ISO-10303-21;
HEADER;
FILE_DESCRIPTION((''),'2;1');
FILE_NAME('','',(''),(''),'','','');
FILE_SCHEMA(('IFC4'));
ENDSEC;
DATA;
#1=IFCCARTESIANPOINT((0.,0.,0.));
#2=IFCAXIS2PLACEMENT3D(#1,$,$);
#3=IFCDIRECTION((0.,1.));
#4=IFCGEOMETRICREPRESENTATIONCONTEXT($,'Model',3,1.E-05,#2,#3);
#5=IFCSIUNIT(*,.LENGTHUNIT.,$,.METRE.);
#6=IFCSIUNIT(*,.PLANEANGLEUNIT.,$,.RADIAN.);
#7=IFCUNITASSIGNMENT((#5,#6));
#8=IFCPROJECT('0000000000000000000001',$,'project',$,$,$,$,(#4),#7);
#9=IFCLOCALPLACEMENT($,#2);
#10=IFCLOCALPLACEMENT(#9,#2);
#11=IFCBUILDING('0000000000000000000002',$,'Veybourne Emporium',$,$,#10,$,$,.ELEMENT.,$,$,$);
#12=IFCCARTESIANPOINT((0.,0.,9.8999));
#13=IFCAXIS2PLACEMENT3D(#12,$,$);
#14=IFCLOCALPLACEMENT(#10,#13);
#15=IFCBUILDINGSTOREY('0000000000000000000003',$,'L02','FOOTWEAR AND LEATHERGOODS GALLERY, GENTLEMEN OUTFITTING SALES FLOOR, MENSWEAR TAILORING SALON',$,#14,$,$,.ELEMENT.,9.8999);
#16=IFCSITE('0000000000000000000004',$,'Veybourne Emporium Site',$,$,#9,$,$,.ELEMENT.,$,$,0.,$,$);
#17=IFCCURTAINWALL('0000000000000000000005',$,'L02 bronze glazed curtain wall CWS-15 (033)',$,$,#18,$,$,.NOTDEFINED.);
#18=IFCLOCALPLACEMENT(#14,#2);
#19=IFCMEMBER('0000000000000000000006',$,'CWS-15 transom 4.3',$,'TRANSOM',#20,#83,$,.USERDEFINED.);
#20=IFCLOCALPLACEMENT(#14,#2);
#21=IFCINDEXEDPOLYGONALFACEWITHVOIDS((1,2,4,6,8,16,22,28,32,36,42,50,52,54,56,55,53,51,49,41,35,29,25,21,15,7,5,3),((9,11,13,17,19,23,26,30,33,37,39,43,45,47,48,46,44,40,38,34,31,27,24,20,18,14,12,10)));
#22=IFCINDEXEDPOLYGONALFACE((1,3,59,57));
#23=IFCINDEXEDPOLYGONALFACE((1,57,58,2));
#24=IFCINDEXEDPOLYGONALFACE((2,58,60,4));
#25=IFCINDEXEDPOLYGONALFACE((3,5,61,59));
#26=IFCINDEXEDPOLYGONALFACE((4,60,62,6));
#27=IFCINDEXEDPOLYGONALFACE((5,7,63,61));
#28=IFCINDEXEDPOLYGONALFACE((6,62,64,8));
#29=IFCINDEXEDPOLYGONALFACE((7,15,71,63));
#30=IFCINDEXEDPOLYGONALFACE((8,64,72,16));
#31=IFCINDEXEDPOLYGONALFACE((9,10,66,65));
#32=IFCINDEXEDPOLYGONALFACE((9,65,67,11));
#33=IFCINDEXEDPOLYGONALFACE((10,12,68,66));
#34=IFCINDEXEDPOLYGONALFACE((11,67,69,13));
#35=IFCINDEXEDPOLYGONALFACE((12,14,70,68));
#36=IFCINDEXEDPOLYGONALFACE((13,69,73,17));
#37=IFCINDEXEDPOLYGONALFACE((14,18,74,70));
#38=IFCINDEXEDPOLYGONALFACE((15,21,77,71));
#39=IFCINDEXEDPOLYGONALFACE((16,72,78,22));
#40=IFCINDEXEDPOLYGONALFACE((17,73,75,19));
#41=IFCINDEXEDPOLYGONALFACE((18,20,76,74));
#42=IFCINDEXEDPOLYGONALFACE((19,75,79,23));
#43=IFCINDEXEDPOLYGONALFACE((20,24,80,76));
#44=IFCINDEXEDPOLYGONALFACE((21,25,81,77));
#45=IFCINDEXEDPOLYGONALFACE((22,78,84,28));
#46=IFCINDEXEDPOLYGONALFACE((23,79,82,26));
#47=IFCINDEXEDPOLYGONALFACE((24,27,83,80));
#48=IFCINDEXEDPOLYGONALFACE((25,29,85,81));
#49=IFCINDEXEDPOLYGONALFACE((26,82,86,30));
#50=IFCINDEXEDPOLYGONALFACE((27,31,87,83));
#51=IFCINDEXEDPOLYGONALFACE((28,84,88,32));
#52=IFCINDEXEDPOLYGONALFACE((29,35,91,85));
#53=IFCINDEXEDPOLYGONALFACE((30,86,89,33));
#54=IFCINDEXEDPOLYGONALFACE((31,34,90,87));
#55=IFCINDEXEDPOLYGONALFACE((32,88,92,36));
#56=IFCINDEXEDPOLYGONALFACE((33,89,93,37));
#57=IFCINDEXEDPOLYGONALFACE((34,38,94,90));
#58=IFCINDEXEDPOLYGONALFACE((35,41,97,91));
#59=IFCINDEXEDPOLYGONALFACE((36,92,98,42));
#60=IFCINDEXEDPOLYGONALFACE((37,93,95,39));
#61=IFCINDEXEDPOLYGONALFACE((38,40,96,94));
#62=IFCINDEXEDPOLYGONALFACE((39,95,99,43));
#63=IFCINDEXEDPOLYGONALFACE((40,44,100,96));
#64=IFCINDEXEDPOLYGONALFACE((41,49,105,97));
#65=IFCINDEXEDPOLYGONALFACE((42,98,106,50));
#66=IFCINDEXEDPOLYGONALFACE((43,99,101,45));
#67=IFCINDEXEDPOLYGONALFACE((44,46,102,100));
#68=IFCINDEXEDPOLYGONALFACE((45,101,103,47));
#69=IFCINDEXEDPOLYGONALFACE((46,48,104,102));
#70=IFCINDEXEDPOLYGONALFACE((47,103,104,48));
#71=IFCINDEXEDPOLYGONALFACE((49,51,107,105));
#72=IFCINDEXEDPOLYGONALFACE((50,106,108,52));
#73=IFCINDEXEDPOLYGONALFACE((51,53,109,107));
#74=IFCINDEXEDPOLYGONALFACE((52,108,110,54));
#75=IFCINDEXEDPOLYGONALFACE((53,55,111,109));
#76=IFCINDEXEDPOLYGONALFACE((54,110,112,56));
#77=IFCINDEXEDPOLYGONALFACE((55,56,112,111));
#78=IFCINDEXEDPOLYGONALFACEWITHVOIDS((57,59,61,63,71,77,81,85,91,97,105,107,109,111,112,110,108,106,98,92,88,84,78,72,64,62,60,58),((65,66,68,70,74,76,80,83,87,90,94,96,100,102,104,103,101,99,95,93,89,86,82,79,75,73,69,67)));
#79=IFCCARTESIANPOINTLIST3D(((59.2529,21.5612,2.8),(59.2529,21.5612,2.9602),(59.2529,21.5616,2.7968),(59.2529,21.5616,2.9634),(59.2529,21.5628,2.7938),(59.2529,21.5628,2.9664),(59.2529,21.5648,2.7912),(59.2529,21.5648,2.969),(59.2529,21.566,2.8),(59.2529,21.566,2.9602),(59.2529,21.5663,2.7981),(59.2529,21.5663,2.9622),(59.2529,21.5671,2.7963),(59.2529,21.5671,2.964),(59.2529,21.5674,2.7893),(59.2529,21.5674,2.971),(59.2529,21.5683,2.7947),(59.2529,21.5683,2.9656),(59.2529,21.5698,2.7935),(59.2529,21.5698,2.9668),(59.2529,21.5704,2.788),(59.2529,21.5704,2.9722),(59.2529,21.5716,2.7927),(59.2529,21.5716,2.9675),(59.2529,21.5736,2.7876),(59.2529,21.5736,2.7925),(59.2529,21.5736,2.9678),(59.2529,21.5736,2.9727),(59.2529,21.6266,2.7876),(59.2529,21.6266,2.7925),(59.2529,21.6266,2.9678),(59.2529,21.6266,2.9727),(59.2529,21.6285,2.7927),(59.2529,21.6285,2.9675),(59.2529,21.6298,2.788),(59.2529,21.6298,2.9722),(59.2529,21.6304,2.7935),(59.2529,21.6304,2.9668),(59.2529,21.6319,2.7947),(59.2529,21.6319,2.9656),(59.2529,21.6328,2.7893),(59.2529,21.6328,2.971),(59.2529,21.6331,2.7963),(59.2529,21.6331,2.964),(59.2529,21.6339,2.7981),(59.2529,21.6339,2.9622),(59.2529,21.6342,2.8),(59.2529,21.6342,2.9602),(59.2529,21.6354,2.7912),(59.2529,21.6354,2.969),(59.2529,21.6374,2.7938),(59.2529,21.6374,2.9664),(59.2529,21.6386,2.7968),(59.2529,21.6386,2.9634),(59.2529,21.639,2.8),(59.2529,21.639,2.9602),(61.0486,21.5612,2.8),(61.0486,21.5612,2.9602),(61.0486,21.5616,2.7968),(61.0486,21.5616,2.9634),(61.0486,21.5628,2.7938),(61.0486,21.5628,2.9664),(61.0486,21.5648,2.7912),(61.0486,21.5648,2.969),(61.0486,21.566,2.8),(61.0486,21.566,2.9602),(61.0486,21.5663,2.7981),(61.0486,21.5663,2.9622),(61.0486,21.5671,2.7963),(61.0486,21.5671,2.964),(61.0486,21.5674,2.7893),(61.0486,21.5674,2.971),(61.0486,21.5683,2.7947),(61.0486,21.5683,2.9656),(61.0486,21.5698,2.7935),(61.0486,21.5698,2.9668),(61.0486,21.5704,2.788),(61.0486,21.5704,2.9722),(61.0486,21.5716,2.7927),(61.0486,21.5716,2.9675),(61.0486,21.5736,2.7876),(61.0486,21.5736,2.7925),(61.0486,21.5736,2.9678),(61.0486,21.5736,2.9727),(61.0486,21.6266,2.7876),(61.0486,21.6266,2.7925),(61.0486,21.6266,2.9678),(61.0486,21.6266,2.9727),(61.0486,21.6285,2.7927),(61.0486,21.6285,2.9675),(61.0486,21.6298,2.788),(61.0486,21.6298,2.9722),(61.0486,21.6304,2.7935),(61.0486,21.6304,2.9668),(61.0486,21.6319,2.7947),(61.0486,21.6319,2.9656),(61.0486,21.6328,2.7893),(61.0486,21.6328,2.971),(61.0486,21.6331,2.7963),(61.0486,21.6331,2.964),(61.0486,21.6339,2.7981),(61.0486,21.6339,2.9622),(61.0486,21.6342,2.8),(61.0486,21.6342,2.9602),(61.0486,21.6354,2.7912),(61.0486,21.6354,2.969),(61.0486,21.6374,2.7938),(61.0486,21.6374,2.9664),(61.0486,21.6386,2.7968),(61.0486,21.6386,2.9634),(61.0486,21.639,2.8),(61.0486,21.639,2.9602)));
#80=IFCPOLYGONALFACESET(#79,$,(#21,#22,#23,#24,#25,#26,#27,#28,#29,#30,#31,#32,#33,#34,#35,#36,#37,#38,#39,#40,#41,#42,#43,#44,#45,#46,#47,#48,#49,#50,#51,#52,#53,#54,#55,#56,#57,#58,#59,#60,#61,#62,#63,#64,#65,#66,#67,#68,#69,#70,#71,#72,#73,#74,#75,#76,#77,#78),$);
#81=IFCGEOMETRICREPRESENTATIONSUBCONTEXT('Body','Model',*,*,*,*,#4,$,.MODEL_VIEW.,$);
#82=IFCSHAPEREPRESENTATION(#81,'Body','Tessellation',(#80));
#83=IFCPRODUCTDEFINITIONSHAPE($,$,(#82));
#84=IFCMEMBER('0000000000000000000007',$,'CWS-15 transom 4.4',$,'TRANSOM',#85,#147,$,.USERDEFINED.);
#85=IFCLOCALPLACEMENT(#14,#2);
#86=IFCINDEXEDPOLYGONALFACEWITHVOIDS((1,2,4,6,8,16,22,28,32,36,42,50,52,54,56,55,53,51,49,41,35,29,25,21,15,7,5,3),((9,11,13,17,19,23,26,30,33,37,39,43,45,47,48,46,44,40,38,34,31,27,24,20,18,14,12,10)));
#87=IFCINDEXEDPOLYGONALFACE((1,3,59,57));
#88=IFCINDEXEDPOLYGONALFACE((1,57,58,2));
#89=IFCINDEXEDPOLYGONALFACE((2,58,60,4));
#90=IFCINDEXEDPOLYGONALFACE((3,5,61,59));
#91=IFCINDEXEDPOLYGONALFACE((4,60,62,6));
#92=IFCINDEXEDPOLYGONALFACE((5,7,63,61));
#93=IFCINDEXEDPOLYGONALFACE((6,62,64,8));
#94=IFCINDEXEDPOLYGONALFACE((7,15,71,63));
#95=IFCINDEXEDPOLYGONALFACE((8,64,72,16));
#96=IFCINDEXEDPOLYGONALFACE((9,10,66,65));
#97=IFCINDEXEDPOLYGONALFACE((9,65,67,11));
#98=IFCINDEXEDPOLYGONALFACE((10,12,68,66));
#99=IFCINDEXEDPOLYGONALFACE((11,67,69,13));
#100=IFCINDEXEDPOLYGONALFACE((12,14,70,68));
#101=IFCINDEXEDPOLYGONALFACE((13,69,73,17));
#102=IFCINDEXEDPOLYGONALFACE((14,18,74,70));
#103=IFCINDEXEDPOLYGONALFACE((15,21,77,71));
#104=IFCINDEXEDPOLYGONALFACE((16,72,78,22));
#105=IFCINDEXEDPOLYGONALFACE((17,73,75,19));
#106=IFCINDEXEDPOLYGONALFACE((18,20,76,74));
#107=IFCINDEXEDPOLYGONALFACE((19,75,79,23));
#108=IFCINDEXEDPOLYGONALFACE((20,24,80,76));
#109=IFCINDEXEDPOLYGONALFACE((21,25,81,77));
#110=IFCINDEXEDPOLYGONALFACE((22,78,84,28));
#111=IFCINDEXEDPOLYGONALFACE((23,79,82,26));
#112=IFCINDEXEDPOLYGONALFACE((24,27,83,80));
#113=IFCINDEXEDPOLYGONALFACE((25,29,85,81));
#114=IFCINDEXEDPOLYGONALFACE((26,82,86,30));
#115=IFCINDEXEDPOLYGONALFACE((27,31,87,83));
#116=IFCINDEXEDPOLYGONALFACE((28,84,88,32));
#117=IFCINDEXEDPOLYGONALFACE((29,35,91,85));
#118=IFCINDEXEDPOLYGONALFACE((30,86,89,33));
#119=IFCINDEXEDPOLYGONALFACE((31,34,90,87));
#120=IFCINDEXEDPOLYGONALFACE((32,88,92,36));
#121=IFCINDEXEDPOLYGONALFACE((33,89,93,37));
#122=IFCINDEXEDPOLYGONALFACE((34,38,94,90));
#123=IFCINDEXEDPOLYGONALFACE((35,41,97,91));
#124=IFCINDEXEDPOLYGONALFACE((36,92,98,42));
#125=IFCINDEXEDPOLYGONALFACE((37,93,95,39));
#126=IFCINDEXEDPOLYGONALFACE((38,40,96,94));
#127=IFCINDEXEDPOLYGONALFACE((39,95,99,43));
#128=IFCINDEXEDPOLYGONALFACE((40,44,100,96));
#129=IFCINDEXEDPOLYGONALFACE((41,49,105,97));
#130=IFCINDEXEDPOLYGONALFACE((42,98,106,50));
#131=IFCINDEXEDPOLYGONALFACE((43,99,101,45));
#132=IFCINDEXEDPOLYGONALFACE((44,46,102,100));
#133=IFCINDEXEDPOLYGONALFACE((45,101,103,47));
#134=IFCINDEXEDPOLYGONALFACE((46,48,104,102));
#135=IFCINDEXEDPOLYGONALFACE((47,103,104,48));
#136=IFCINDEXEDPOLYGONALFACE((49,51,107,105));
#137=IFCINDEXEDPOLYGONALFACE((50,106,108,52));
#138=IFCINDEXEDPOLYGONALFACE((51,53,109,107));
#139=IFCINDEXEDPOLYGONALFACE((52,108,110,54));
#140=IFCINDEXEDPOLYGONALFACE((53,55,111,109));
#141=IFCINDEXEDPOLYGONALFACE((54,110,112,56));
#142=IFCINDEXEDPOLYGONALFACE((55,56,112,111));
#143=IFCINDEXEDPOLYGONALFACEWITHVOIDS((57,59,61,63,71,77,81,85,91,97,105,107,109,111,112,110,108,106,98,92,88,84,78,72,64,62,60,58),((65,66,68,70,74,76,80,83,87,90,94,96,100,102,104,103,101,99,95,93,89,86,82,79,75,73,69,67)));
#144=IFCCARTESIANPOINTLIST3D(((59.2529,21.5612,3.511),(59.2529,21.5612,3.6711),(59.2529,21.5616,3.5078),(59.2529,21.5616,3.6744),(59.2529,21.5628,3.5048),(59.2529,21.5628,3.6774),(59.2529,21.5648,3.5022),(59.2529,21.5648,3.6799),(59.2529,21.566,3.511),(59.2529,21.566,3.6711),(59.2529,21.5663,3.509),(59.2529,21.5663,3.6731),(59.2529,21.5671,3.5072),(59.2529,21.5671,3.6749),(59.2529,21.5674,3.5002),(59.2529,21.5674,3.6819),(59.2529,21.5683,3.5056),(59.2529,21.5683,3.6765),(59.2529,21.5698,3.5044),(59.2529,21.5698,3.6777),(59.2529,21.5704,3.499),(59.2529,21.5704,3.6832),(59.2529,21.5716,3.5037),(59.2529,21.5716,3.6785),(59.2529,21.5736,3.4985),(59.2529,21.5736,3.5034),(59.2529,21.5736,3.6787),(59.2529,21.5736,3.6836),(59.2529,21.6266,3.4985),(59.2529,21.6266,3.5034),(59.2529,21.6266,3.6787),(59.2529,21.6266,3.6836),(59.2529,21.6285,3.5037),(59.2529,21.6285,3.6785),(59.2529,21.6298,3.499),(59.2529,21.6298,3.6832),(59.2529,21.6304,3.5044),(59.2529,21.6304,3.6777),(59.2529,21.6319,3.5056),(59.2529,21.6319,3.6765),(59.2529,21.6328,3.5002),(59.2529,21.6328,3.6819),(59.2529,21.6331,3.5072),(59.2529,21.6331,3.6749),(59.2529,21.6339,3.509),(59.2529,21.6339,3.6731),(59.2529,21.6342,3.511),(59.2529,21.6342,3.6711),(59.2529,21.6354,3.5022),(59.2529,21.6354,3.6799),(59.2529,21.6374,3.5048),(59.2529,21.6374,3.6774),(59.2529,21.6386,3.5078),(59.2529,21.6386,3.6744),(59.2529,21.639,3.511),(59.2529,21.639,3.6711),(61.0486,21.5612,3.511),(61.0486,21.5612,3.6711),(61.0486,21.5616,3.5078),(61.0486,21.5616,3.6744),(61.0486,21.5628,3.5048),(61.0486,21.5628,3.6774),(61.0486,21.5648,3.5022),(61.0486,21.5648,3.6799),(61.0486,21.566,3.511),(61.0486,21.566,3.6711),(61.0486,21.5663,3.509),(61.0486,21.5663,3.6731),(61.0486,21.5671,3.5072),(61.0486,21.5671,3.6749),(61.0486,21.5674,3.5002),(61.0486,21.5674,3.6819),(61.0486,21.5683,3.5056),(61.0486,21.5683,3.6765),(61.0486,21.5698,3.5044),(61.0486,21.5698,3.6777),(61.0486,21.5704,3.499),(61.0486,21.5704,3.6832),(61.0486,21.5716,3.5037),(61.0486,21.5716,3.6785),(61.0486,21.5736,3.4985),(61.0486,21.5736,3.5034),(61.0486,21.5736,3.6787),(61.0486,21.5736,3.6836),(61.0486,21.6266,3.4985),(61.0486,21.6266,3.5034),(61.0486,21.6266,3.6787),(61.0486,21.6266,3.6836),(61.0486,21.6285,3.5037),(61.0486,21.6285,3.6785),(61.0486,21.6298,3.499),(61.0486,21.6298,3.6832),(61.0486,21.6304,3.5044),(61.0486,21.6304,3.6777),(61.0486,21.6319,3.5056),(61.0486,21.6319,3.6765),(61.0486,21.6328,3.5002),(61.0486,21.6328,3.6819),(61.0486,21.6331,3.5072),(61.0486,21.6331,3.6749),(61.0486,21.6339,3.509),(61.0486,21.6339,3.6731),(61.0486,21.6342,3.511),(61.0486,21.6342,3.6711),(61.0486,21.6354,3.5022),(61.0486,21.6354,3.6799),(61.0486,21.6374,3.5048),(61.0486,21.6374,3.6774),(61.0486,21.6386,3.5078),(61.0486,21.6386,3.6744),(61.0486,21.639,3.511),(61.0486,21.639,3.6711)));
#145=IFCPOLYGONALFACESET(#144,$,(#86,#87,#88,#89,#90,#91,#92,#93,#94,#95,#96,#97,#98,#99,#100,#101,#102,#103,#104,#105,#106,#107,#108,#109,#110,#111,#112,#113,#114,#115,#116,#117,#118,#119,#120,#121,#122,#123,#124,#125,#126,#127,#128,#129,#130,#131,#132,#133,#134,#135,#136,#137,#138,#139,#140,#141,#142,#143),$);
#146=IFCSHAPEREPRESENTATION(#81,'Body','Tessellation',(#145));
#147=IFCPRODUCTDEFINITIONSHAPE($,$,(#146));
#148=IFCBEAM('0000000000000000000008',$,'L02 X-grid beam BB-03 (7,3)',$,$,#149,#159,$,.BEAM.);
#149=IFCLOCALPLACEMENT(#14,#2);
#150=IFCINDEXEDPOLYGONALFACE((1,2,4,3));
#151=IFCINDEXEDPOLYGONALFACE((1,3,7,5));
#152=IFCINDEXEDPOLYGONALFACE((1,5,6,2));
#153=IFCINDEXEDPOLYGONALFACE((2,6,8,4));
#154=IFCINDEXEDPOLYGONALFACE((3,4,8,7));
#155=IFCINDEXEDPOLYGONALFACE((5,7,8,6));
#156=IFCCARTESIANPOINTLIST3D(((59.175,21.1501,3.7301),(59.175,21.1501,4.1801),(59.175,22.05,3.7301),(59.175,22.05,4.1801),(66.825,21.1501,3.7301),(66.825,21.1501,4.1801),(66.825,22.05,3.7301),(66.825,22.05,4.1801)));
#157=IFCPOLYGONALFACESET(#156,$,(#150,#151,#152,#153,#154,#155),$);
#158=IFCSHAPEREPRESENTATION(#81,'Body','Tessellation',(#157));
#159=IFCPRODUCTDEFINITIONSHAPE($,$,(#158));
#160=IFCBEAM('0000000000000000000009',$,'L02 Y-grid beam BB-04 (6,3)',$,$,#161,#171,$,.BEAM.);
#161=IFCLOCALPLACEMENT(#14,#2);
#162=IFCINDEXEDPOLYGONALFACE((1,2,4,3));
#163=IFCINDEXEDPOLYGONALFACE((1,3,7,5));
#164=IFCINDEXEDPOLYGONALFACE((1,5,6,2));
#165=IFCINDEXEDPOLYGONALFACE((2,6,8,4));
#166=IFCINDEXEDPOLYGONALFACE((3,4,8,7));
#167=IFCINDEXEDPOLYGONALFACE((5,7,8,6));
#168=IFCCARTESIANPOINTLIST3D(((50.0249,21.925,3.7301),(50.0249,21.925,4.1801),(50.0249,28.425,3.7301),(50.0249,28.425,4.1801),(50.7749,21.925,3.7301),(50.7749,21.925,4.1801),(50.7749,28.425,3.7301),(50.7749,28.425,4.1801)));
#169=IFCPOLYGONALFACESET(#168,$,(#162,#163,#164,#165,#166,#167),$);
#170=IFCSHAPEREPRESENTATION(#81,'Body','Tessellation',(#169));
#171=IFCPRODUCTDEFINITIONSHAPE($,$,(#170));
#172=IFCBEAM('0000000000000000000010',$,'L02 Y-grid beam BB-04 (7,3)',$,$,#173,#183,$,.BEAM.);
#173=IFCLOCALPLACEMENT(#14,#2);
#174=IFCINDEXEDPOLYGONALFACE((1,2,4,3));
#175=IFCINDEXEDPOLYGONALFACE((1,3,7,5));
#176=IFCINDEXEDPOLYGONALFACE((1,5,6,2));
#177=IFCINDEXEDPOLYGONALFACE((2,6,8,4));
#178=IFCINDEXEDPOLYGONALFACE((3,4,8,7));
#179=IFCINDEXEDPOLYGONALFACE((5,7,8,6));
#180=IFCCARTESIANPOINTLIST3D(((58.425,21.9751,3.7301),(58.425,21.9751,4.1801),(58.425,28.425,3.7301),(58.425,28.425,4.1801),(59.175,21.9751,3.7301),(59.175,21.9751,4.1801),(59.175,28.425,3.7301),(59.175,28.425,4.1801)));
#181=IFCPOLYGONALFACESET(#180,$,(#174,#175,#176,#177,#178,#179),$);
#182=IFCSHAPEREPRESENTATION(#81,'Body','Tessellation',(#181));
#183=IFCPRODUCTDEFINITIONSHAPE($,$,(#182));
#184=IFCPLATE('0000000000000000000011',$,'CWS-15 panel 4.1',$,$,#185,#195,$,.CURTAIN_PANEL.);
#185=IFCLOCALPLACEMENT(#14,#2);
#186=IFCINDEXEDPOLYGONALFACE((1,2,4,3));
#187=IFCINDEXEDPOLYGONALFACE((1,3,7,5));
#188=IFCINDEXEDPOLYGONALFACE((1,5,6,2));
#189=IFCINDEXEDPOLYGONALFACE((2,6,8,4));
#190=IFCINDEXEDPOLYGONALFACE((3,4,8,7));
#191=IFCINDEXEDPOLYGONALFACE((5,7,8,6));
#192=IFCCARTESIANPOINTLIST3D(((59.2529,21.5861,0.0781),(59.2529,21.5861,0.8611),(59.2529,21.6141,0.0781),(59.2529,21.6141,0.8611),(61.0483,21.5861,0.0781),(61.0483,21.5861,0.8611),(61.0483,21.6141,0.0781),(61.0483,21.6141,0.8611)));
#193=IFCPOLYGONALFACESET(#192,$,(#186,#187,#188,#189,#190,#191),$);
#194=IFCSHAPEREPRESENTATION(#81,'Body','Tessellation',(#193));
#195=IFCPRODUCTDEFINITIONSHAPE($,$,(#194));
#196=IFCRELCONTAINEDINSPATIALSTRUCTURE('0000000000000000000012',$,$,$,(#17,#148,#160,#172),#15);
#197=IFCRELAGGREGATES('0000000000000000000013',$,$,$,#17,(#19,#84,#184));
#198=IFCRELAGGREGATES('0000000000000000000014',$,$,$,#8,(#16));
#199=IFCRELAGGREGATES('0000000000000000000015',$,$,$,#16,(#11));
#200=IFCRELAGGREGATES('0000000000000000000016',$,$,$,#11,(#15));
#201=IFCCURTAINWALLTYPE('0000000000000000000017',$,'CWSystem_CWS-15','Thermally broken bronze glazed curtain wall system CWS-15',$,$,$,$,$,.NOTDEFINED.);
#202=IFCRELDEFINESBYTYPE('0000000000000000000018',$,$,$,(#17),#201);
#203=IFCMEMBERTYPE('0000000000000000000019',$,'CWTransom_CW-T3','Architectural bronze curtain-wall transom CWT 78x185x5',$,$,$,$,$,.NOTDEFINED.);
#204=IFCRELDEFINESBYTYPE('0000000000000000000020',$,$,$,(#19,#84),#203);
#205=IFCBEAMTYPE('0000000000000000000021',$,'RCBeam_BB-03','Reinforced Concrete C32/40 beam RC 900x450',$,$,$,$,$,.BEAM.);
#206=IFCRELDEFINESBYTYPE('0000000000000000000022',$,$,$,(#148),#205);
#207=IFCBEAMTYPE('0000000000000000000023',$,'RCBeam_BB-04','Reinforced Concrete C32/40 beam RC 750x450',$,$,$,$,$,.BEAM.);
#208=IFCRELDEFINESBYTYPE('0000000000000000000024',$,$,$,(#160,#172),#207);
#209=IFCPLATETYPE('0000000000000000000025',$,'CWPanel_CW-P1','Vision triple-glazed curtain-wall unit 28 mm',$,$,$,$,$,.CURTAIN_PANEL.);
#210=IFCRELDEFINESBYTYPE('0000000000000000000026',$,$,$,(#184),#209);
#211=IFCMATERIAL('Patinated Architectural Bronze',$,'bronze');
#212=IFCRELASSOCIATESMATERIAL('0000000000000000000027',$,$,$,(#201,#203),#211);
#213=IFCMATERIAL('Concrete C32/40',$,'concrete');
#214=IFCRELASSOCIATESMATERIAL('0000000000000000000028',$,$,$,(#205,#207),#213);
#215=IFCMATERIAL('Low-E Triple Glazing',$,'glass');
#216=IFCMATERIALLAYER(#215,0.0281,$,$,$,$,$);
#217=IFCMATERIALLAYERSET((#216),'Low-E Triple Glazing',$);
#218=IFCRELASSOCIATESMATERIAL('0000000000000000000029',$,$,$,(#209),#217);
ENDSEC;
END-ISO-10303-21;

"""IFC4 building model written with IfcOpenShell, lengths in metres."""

from ifc_helpers import new_model, si_unit, direction, frame, origin, origin_2d, place, context, subcontext, project, spatial, rectangle, hollow_rectangle, extrude, material, layer, layer_set, material_profile, profile_set, type_object, element, aggregate, save


model = new_model("IFC4")

# Units and contexts
model_context = context("Model", 3, precision=1e-05, world=origin(), true_north=direction((0.0, 1.0)))
body_context = subcontext(model_context, "Body", "Model", "MODEL_VIEW")
ifc_project = project(units=[si_unit("LENGTHUNIT", "METRE"), si_unit("PLANEANGLEUNIT", "RADIAN")], contexts=[model_context])

# Site, building, storey
site_placement = place(None, origin())
site = spatial("IfcSite", under=ifc_project, at=site_placement, Name="Veybourne Emporium Site", CompositionType="ELEMENT", RefElevation=0.0)
building_placement = place(site_placement, origin())
building = spatial("IfcBuilding", under=site, at=building_placement, Name="Veybourne Emporium", CompositionType="ELEMENT")
storey_placement = place(building_placement, frame((0.0, 0.0, 9.8999)))
storey = spatial("IfcBuildingStorey", under=building, at=storey_placement, Name="L02", Description="FOOTWEAR AND LEATHERGOODS GALLERY, GENTLEMEN OUTFITTING SALES FLOOR, MENSWEAR TAILORING SALON", CompositionType="ELEMENT", Elevation=9.8999)

# Curtain wall, members
ifc_material_1 = material(Name="Patinated Architectural Bronze", Category="bronze")
curtain_wall_type = type_object("IfcCurtainWallType", Name="CWSystem_CWS-15", Description="Thermally broken bronze glazed curtain wall system CWS-15", PredefinedType="NOTDEFINED", material=ifc_material_1)
curtain_wall_placement = place(storey_placement, origin())
curtain_wall = element("IfcCurtainWall", 1, at=curtain_wall_placement, inside=storey, type_object=curtain_wall_type, Name="L02 bronze glazed curtain wall CWS-15 (033)", PredefinedType="NOTDEFINED")
ifc_material_profile_1 = material_profile(ifc_material_1, hollow_rectangle(XDim=0.0779, YDim=0.1851, WallThickness=0.0049, InnerFilletRadius=0.0076, OuterFilletRadius=0.0125, at=origin_2d()), Name="CWT 78x185x5")
ifc_profile_set_1 = profile_set([ifc_material_profile_1], Name="Patinated Architectural Bronze")
member_type_1 = type_object("IfcMemberType", Name="CWTransom_CW-T3", Description="Architectural bronze curtain-wall transom CWT 78x185x5", PredefinedType="NOTDEFINED", material=ifc_profile_set_1)
member_1_placement = place(storey_placement, frame((61.0486, 21.6001, 2.8801), z_axis=(-1.0, 0.0, 0.0), x_axis=(0.0, -1.0, 0.0)))
member_1 = element("IfcMember", 2, at=member_1_placement, type_object=member_type_1, Name="CWS-15 transom 4.3", ObjectType="TRANSOM", PredefinedType="USERDEFINED", context=body_context, shape_type="SweptSolid", body=[
    extrude(hollow_rectangle(XDim=0.0779, YDim=0.1851, WallThickness=0.0049, InnerFilletRadius=0.0076, OuterFilletRadius=0.0125, at=origin_2d()), origin(), (0.0, 0.0, 1.0), 1.7957),
])
member_2_placement = place(storey_placement, frame((61.0486, 21.6001, 3.5911), z_axis=(-1.0, 0.0, 0.0), x_axis=(0.0, -1.0, 0.0)))
member_2 = element("IfcMember", 3, at=member_2_placement, type_object=member_type_1, Name="CWS-15 transom 4.4", ObjectType="TRANSOM", PredefinedType="USERDEFINED", context=body_context, shape_type="SweptSolid", body=[
    extrude(hollow_rectangle(XDim=0.0779, YDim=0.1851, WallThickness=0.0049, InnerFilletRadius=0.0076, OuterFilletRadius=0.0125, at=origin_2d()), origin(), (0.0, 0.0, 1.0), 1.7957),
])

# Beams
ifc_material_2 = material(Name="Concrete C32/40", Category="concrete")
ifc_material_profile_2 = material_profile(ifc_material_2, rectangle(XDim=0.8999, YDim=0.45, at=origin_2d()), Name="RC 900x450")
ifc_profile_set_2 = profile_set([ifc_material_profile_2], Name="Concrete C32/40")
beam_type_1 = type_object("IfcBeamType", Name="RCBeam_BB-03", Description="Reinforced Concrete C32/40 beam RC 900x450", PredefinedType="BEAM", material=ifc_profile_set_2)
beam_1_placement = place(storey_placement, frame((59.175, 21.6001, 3.9551), z_axis=(1.0, 0.0, 0.0), x_axis=(0.0, 1.0, 0.0)))
element("IfcBeam", 4, at=beam_1_placement, inside=storey, type_object=beam_type_1, Name="L02 X-grid beam BB-03 (7,3)", PredefinedType="BEAM", context=body_context, shape_type="SweptSolid", body=[
    extrude(rectangle(XDim=0.8999, YDim=0.45, at=origin_2d()), origin(), (0.0, 0.0, 1.0), 7.6499),
])
ifc_material_profile_3 = material_profile(ifc_material_2, rectangle(XDim=0.75, YDim=0.45, at=origin_2d()), Name="RC 750x450")
ifc_profile_set_3 = profile_set([ifc_material_profile_3], Name="Concrete C32/40")
beam_type_2 = type_object("IfcBeamType", Name="RCBeam_BB-04", Description="Reinforced Concrete C32/40 beam RC 750x450", PredefinedType="BEAM", material=ifc_profile_set_3)
beam_2_placement = place(storey_placement, frame((50.3999, 21.925, 3.9551), z_axis=(0.0, 1.0, 0.0), x_axis=(-1.0, 0.0, 0.0)))
element("IfcBeam", 5, at=beam_2_placement, inside=storey, type_object=beam_type_2, Name="L02 Y-grid beam BB-04 (6,3)", PredefinedType="BEAM", context=body_context, shape_type="SweptSolid", body=[
    extrude(rectangle(XDim=0.75, YDim=0.45, at=origin_2d()), origin(), (0.0, 0.0, 1.0), 6.5),
])
beam_3_placement = place(storey_placement, frame((58.8, 21.9751, 3.9551), z_axis=(0.0, 1.0, 0.0), x_axis=(-1.0, 0.0, 0.0)))
element("IfcBeam", 6, at=beam_3_placement, inside=storey, type_object=beam_type_2, Name="L02 Y-grid beam BB-04 (7,3)", PredefinedType="BEAM", context=body_context, shape_type="SweptSolid", body=[
    extrude(rectangle(XDim=0.75, YDim=0.45, at=origin_2d()), origin(), (0.0, 0.0, 1.0), 6.45),
])

# Plate
ifc_material_3 = material(Name="Low-E Triple Glazing", Category="glass")
ifc_layer_1 = layer(ifc_material_3, 0.0281)
ifc_layer_set_1 = layer_set([ifc_layer_1], Name="Low-E Triple Glazing")
plate_type = type_object("IfcPlateType", Name="CWPanel_CW-P1", Description="Vision triple-glazed curtain-wall unit 28 mm", PredefinedType="CURTAIN_PANEL", material=ifc_layer_set_1)
plate_1_placement = place(storey_placement, frame((60.1506, 21.6001, 0.0781), z_axis=(0.0, 0.0, 1.0), x_axis=(-1.0, 0.0, 0.0)))
plate_1 = element("IfcPlate", 7, at=plate_1_placement, type_object=plate_type, Name="CWS-15 panel 4.1", PredefinedType="CURTAIN_PANEL", context=body_context, shape_type="SweptSolid", body=[
    extrude(rectangle(XDim=1.7954, YDim=0.0281, at=origin_2d()), origin(), (0.0, 0.0, 1.0), 0.783),
])
aggregate(curtain_wall, [member_1, member_2, plate_1])

save(model, "model.ifc")
